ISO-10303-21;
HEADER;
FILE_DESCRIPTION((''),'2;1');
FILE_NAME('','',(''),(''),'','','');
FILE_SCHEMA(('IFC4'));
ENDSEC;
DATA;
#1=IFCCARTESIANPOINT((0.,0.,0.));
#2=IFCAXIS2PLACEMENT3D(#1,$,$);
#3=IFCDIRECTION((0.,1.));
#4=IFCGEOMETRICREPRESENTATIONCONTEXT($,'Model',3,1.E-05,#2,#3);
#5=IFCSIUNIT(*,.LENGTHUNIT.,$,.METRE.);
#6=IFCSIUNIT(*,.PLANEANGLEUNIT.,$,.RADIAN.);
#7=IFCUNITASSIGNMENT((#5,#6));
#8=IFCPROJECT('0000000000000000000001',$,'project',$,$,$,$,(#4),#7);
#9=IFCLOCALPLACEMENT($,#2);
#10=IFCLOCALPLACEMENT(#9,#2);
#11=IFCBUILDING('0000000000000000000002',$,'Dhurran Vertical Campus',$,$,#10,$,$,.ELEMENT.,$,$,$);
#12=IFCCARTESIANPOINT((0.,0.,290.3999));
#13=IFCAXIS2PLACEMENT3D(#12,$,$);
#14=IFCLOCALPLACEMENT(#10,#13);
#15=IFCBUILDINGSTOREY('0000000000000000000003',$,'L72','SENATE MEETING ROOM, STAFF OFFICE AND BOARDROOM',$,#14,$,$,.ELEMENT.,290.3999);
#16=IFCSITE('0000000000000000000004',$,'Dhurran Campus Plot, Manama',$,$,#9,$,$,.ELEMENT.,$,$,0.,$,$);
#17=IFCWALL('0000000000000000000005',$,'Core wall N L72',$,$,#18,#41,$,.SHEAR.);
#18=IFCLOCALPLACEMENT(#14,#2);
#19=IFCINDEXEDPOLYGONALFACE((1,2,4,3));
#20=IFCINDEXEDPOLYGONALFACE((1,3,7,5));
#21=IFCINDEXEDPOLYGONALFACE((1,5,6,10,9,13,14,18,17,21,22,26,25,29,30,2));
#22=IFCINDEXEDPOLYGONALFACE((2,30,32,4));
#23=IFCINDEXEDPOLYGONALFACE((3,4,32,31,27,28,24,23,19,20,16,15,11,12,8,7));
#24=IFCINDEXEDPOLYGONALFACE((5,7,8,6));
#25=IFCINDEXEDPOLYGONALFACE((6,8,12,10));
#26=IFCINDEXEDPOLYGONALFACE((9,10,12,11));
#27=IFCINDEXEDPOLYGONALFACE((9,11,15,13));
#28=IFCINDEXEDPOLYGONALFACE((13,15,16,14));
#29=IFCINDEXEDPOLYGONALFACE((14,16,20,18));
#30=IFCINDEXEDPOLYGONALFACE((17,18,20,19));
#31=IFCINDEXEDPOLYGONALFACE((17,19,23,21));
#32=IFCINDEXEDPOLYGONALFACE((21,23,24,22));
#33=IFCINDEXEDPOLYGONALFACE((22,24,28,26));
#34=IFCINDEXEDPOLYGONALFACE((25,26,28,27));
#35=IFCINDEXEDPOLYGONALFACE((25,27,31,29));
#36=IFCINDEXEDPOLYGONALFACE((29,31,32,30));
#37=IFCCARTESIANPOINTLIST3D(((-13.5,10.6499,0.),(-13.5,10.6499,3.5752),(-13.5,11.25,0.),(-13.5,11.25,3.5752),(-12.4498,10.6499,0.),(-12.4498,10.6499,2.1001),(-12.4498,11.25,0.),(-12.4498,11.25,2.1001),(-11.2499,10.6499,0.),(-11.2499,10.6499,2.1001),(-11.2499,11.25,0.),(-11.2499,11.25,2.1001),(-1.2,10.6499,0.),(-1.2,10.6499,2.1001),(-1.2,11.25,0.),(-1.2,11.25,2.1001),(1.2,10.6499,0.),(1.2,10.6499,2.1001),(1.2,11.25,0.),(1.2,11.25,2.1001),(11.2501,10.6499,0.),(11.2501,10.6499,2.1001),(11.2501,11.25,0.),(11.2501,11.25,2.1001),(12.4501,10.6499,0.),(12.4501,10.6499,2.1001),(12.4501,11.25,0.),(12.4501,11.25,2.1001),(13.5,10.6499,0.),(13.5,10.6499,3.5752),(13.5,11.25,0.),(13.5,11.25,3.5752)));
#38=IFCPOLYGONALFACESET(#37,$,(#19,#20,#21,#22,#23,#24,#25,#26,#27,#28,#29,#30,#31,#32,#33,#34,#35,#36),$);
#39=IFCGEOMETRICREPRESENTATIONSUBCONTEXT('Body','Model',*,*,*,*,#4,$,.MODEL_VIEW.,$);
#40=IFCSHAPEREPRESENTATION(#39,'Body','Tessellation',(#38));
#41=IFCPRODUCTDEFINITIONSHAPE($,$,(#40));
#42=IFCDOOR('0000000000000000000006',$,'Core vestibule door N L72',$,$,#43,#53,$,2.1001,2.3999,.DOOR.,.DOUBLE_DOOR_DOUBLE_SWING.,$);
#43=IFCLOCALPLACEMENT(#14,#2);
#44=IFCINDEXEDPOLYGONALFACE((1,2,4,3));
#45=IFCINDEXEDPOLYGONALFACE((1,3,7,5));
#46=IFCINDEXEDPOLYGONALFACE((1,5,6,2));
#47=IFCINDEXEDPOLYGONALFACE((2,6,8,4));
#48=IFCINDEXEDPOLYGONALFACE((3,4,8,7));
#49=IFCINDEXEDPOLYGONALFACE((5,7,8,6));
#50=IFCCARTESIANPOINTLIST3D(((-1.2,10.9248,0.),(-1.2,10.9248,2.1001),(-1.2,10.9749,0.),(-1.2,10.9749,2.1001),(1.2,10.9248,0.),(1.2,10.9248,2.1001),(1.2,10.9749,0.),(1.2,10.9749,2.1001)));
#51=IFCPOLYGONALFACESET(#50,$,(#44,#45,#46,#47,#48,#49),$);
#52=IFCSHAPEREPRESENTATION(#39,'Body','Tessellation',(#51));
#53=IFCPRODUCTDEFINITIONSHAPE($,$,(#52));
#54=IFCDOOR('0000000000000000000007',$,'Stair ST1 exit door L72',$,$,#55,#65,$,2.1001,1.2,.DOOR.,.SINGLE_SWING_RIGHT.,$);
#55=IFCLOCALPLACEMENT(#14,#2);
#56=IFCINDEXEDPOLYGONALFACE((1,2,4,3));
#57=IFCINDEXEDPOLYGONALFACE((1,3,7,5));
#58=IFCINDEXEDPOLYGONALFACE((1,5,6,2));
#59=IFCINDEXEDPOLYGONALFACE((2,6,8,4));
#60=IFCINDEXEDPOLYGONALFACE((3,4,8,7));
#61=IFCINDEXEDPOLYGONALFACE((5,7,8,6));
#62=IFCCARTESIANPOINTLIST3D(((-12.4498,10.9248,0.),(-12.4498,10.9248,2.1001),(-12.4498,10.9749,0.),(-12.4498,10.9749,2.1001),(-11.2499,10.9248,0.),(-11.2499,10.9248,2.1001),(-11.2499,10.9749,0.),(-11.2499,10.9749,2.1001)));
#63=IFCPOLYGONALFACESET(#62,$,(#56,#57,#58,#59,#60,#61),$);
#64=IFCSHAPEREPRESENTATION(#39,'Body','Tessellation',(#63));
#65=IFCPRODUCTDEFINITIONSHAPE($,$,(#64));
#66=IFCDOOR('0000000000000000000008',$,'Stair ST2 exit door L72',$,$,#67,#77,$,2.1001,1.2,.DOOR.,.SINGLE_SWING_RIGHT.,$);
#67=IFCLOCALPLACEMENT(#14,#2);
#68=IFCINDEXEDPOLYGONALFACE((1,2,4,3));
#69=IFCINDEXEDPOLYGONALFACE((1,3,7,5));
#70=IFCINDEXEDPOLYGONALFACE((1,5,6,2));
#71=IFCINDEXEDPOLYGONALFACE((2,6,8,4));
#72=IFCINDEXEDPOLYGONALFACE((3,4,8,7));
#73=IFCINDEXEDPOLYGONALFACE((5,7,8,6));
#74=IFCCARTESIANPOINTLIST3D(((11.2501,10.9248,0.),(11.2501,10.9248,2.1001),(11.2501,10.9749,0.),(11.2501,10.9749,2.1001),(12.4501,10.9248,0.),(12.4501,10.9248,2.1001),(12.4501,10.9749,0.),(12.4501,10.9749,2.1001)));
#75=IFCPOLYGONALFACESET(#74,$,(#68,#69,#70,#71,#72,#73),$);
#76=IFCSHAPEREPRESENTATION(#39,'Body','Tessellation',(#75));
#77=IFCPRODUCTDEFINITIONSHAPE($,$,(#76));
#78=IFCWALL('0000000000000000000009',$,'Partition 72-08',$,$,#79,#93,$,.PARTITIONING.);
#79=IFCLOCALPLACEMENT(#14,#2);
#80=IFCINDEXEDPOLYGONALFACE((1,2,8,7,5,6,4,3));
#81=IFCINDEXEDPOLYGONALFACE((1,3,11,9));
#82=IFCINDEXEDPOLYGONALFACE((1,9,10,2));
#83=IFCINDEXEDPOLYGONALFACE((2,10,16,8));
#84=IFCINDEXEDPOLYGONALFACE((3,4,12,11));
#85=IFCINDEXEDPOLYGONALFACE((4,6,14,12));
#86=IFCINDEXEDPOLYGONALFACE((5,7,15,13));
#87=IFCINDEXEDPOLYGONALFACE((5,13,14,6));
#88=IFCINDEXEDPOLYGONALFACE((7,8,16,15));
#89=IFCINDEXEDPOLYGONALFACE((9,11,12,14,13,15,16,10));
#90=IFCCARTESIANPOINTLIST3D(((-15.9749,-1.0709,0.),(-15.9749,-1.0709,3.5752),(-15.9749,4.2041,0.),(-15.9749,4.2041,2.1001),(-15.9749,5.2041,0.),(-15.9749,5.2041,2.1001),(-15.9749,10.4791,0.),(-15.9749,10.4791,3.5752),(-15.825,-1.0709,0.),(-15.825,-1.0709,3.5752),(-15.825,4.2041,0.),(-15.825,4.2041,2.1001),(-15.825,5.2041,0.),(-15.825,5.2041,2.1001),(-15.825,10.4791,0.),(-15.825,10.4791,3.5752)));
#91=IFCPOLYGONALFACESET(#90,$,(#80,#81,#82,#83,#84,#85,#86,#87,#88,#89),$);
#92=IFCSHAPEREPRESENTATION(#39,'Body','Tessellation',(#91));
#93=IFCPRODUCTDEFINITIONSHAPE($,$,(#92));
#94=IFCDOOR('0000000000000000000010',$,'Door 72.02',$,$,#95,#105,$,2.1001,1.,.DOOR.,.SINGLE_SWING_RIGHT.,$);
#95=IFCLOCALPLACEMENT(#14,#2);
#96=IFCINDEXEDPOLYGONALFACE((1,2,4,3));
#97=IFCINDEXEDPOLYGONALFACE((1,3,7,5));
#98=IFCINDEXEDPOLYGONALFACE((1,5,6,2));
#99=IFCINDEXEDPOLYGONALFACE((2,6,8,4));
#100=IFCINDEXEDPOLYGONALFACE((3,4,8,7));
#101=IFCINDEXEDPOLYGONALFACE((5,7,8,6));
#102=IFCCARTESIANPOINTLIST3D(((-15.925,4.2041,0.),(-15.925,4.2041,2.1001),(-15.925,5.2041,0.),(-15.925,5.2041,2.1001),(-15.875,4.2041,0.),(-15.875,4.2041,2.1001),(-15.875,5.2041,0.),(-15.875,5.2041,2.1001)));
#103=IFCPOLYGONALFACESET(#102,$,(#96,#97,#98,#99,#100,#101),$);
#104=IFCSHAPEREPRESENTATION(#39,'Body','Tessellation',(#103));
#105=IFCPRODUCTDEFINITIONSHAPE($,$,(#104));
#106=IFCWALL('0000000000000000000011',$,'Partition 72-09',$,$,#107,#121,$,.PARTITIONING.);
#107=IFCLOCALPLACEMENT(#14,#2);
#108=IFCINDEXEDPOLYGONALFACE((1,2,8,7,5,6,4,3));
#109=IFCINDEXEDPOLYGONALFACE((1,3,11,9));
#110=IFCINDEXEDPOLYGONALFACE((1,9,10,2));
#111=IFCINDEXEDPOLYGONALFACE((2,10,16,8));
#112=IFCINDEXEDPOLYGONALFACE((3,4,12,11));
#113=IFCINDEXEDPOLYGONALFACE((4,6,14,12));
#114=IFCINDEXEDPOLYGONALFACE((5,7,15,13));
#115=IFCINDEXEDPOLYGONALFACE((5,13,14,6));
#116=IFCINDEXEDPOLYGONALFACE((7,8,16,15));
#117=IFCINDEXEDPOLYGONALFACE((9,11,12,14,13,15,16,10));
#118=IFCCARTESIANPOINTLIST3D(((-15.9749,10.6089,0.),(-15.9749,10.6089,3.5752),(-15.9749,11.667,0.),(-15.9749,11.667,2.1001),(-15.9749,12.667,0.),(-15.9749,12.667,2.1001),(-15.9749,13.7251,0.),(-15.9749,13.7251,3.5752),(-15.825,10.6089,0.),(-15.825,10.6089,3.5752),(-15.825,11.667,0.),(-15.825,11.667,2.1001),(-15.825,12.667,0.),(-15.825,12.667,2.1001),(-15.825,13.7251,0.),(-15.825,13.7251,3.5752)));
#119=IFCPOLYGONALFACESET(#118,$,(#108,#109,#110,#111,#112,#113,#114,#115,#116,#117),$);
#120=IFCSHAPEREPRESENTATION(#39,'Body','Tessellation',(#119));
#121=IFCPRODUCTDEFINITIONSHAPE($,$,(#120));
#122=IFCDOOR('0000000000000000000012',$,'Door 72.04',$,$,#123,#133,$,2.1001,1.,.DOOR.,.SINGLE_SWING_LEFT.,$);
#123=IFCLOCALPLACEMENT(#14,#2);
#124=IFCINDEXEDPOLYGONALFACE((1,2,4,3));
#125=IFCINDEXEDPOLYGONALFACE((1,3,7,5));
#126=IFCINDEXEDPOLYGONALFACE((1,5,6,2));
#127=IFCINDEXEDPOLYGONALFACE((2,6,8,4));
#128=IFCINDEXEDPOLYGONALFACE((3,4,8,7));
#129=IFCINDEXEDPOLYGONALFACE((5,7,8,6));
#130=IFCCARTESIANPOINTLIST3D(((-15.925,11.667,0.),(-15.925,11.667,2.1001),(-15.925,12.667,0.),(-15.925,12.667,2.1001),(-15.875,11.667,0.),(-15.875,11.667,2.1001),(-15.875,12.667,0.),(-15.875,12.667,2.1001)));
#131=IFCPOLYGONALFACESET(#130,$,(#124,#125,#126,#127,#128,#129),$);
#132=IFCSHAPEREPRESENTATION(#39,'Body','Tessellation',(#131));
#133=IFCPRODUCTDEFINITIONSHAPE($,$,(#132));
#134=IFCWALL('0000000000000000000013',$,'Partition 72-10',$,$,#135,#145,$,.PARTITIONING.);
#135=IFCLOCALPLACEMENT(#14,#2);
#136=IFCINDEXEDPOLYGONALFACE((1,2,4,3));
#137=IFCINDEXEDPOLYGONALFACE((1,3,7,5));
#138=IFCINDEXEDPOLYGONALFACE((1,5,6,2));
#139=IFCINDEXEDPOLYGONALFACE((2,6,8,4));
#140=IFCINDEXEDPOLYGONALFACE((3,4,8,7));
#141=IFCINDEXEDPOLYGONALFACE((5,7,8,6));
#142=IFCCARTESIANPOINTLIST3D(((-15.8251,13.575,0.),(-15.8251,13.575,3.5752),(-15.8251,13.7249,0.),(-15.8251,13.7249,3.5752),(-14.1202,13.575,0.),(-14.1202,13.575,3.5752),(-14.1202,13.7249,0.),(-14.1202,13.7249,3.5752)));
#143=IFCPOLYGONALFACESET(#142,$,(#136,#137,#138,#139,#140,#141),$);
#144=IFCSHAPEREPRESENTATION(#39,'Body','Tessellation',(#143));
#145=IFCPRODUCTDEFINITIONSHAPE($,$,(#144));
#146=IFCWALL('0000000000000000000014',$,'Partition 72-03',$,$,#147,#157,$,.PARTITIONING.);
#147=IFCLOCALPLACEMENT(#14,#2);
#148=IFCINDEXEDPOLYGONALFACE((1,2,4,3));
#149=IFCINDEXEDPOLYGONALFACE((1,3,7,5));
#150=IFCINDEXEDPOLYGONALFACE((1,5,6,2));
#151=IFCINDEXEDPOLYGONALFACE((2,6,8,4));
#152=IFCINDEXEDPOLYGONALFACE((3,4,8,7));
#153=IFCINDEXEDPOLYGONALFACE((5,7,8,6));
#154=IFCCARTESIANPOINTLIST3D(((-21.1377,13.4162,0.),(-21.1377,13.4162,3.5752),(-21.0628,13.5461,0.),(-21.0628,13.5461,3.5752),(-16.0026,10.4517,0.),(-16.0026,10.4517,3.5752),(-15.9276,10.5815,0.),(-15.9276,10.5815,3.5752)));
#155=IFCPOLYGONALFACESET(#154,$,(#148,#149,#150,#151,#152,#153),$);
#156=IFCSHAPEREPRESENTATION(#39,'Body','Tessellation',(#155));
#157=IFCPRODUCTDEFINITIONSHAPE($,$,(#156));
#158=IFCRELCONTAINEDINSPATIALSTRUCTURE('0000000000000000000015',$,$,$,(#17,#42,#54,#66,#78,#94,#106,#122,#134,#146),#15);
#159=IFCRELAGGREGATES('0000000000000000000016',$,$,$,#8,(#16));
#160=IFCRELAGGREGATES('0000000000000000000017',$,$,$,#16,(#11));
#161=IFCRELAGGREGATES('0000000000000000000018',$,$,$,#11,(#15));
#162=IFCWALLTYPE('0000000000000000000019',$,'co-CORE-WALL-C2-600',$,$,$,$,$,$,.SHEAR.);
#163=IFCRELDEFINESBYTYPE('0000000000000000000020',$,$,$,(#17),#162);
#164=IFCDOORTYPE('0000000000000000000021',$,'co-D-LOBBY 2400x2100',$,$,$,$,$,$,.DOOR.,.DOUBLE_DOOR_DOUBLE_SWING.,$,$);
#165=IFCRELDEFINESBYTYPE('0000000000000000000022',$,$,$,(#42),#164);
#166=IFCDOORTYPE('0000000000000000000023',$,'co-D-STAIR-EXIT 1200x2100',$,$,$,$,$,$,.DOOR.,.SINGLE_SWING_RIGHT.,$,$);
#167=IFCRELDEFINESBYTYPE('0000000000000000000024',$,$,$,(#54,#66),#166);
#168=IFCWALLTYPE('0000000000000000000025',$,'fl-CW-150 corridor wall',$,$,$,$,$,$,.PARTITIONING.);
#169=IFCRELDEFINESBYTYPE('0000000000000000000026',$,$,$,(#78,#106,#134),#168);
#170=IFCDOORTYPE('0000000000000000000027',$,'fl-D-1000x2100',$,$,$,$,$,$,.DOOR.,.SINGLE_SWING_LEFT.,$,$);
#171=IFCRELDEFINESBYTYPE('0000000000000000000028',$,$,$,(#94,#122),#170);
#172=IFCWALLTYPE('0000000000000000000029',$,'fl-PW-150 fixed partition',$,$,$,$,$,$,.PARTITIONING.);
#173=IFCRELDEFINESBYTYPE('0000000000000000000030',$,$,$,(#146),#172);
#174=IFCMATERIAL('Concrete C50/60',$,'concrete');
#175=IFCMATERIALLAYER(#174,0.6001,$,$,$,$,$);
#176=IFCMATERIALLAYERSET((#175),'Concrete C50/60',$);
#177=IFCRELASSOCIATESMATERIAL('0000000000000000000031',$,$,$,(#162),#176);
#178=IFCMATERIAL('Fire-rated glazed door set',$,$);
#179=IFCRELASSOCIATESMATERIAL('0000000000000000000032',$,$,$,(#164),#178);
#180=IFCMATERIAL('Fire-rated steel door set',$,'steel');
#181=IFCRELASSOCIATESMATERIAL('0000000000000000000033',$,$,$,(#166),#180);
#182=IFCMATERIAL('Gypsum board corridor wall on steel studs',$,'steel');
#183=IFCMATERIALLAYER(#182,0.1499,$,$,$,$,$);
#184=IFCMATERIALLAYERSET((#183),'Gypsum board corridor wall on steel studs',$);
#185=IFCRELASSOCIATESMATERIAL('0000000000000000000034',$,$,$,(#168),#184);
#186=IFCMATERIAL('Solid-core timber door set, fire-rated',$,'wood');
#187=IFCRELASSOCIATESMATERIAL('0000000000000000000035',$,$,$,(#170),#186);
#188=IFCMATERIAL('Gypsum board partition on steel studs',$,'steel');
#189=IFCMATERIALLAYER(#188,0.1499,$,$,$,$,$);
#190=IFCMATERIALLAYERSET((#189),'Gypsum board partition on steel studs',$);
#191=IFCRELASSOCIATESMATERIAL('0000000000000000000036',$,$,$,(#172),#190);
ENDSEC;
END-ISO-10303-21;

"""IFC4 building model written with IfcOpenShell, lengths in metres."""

from ifc_helpers import new_model, si_unit, direction, frame, frame_2d, origin, place, context, subcontext, project, spatial, rectangle, extrude, material, layer, layer_set, type_object, element, fill, save


model = new_model("IFC4")

# Units and contexts
model_context = context("Model", 3, precision=1e-05, world=origin(), true_north=direction((0.0, 1.0)))
body_context = subcontext(model_context, "Body", "Model", "MODEL_VIEW")
ifc_project = project(units=[si_unit("LENGTHUNIT", "METRE"), si_unit("PLANEANGLEUNIT", "RADIAN")], contexts=[model_context])

# Site, building, storey
site_placement = place(None, origin())
site = spatial("IfcSite", under=ifc_project, at=site_placement, Name="Dhurran Campus Plot, Manama", CompositionType="ELEMENT", RefElevation=0.0)
building_placement = place(site_placement, origin())
building = spatial("IfcBuilding", under=site, at=building_placement, Name="Dhurran Vertical Campus", CompositionType="ELEMENT")
storey_placement = place(building_placement, frame((0.0, 0.0, 290.3999)))
storey = spatial("IfcBuildingStorey", under=building, at=storey_placement, Name="L72", Description="SENATE MEETING ROOM, STAFF OFFICE AND BOARDROOM", CompositionType="ELEMENT", Elevation=290.3999)

# Wall, openings, doors
ifc_material_1 = material(Name="Concrete C50/60", Category="concrete")
ifc_layer_1 = layer(ifc_material_1, 0.6001)
ifc_layer_set_1 = layer_set([ifc_layer_1], Name="Concrete C50/60")
wall_type_1 = type_object("IfcWallType", Name="co-CORE-WALL-C2-600", PredefinedType="SHEAR", material=ifc_layer_set_1)
wall_1_placement = place(storey_placement, frame((-13.5, 10.95, 0.0), z_axis=(0.0, 0.0, 1.0), x_axis=(1.0, 0.0, 0.0)))
wall_1 = element("IfcWall", 1, at=wall_1_placement, inside=storey, type_object=wall_type_1, Name="Core wall N L72", PredefinedType="SHEAR", context=body_context, shape_type="SweptSolid", body=[
    extrude(rectangle(XDim=27.0, YDim=0.6001, at=frame_2d((13.5, 0.0))), origin(), (0.0, 0.0, 1.0), 3.5752),
])
opening_1_placement = place(wall_1_placement, frame((12.3, 0.0, 0.0)))
opening_1 = element("IfcOpeningElement", 2, at=opening_1_placement, cuts=wall_1, PredefinedType="OPENING", context=body_context, shape_type="SweptSolid", body=[
    extrude(rectangle(XDim=2.3999, YDim=2.1001, at=frame_2d((1.2, 1.05))), frame((0.0, 0.3101, 0.0), z_axis=(0.0, -1.0, 0.0), x_axis=(1.0, 0.0, 0.0)), (0.0, 0.0, 1.0), 0.6201),
])
opening_2_placement = place(wall_1_placement, frame((1.05, 0.0, 0.0)))
opening_2 = element("IfcOpeningElement", 3, at=opening_2_placement, cuts=wall_1, PredefinedType="OPENING", context=body_context, shape_type="SweptSolid", body=[
    extrude(rectangle(XDim=1.2, YDim=2.1001, at=frame_2d((0.6001, 1.05))), frame((0.0, 0.3101, 0.0), z_axis=(0.0, -1.0, 0.0), x_axis=(1.0, 0.0, 0.0)), (0.0, 0.0, 1.0), 0.6201),
])
opening_3_placement = place(wall_1_placement, frame((24.75, 0.0, 0.0)))
opening_3 = element("IfcOpeningElement", 4, at=opening_3_placement, cuts=wall_1, PredefinedType="OPENING", context=body_context, shape_type="SweptSolid", body=[
    extrude(rectangle(XDim=1.2, YDim=2.1001, at=frame_2d((0.6001, 1.05))), frame((0.0, 0.3101, 0.0), z_axis=(0.0, -1.0, 0.0), x_axis=(1.0, 0.0, 0.0)), (0.0, 0.0, 1.0), 0.6201),
])
ifc_material_2 = material(Name="Fire-rated glazed door set")
door_type_1 = type_object("IfcDoorType", Name="co-D-LOBBY 2400x2100", OperationType="DOUBLE_DOOR_DOUBLE_SWING", PredefinedType="DOOR", material=ifc_material_2)
door_1_placement = place(opening_1_placement, origin())
door_1 = element("IfcDoor", 5, at=door_1_placement, inside=storey, type_object=door_type_1, Name="Core vestibule door N L72", OperationType="DOUBLE_DOOR_DOUBLE_SWING", OverallHeight=2.1001, OverallWidth=2.3999, PredefinedType="DOOR", context=body_context, shape_type="SweptSolid", body=[
    extrude(rectangle(XDim=2.3999, YDim=2.1001, at=frame_2d((1.2, 1.05))), frame((0.0, 0.0249, 0.0), z_axis=(0.0, -1.0, 0.0), x_axis=(1.0, 0.0, 0.0)), (0.0, 0.0, 1.0), 0.05),
])
fill(opening_1, door_1)
ifc_material_3 = material(Name="Fire-rated steel door set", Category="steel")
door_type_2 = type_object("IfcDoorType", Name="co-D-STAIR-EXIT 1200x2100", OperationType="SINGLE_SWING_RIGHT", PredefinedType="DOOR", material=ifc_material_3)
door_2_placement = place(opening_2_placement, origin())
door_2 = element("IfcDoor", 6, at=door_2_placement, inside=storey, type_object=door_type_2, Name="Stair ST1 exit door L72", OperationType="SINGLE_SWING_RIGHT", OverallHeight=2.1001, OverallWidth=1.2, PredefinedType="DOOR", context=body_context, shape_type="SweptSolid", body=[
    extrude(rectangle(XDim=1.2, YDim=2.1001, at=frame_2d((0.6001, 1.05))), frame((0.0, 0.0249, 0.0), z_axis=(0.0, -1.0, 0.0), x_axis=(1.0, 0.0, 0.0)), (0.0, 0.0, 1.0), 0.05),
])
fill(opening_2, door_2)
door_3_placement = place(opening_3_placement, origin())
door_3 = element("IfcDoor", 7, at=door_3_placement, inside=storey, type_object=door_type_2, Name="Stair ST2 exit door L72", OperationType="SINGLE_SWING_RIGHT", OverallHeight=2.1001, OverallWidth=1.2, PredefinedType="DOOR", context=body_context, shape_type="SweptSolid", body=[
    extrude(rectangle(XDim=1.2, YDim=2.1001, at=frame_2d((0.6001, 1.05))), frame((0.0, 0.0249, 0.0), z_axis=(0.0, -1.0, 0.0), x_axis=(1.0, 0.0, 0.0)), (0.0, 0.0, 1.0), 0.05),
])
fill(opening_3, door_3)

# Walls, openings, doors
ifc_material_4 = material(Name="Gypsum board corridor wall on steel studs", Category="steel")
ifc_layer_2 = layer(ifc_material_4, 0.1499)
ifc_layer_set_2 = layer_set([ifc_layer_2], Name="Gypsum board corridor wall on steel studs")
wall_type_2 = type_object("IfcWallType", Name="fl-CW-150 corridor wall", PredefinedType="PARTITIONING", material=ifc_layer_set_2)
wall_2_placement = place(storey_placement, frame((-15.8999, 10.479, 0.0), z_axis=(0.0, 0.0, 1.0), x_axis=(0.0, -1.0, 0.0)))
wall_2 = element("IfcWall", 8, at=wall_2_placement, inside=storey, type_object=wall_type_2, Name="Partition 72-08", PredefinedType="PARTITIONING", context=body_context, shape_type="SweptSolid", body=[
    extrude(rectangle(XDim=11.55, YDim=0.1499, at=frame_2d((5.7749, 0.0))), origin(), (0.0, 0.0, 1.0), 3.5752),
])
opening_4_placement = place(wall_2_placement, frame((5.2749, 0.0, 0.0)))
opening_4 = element("IfcOpeningElement", 9, at=opening_4_placement, cuts=wall_2, PredefinedType="OPENING", context=body_context, shape_type="SweptSolid", body=[
    extrude(rectangle(XDim=1.0, YDim=2.1001, at=frame_2d((0.5, 1.05))), frame((0.0, 0.085, 0.0), z_axis=(0.0, -1.0, 0.0), x_axis=(1.0, 0.0, 0.0)), (0.0, 0.0, 1.0), 0.1699),
])
ifc_material_5 = material(Name="Solid-core timber door set, fire-rated", Category="wood")
door_type_3 = type_object("IfcDoorType", Name="fl-D-1000x2100", OperationType="SINGLE_SWING_LEFT", PredefinedType="DOOR", material=ifc_material_5)
door_4_placement = place(opening_4_placement, origin())
door_4 = element("IfcDoor", 10, at=door_4_placement, inside=storey, type_object=door_type_3, Name="Door 72.02", OperationType="SINGLE_SWING_RIGHT", OverallHeight=2.1001, OverallWidth=1.0, PredefinedType="DOOR", context=body_context, shape_type="SweptSolid", body=[
    extrude(rectangle(XDim=1.0, YDim=2.1001, at=frame_2d((0.5, 1.05))), frame((0.0, 0.0249, 0.0), z_axis=(0.0, -1.0, 0.0), x_axis=(1.0, 0.0, 0.0)), (0.0, 0.0, 1.0), 0.05),
])
fill(opening_4, door_4)
wall_3_placement = place(storey_placement, frame((-15.8999, 13.7251, 0.0), z_axis=(0.0, 0.0, 1.0), x_axis=(0.0, -1.0, 0.0)))
wall_3 = element("IfcWall", 11, at=wall_3_placement, inside=storey, type_object=wall_type_2, Name="Partition 72-09", PredefinedType="PARTITIONING", context=body_context, shape_type="SweptSolid", body=[
    extrude(rectangle(XDim=3.1162, YDim=0.1499, at=frame_2d((1.5581, 0.0))), origin(), (0.0, 0.0, 1.0), 3.5752),
])
opening_5_placement = place(wall_3_placement, frame((1.0581, 0.0, 0.0)))
opening_5 = element("IfcOpeningElement", 12, at=opening_5_placement, cuts=wall_3, PredefinedType="OPENING", context=body_context, shape_type="SweptSolid", body=[
    extrude(rectangle(XDim=1.0, YDim=2.1001, at=frame_2d((0.5, 1.05))), frame((0.0, 0.085, 0.0), z_axis=(0.0, -1.0, 0.0), x_axis=(1.0, 0.0, 0.0)), (0.0, 0.0, 1.0), 0.1699),
])
door_5_placement = place(opening_5_placement, origin())
door_5 = element("IfcDoor", 13, at=door_5_placement, inside=storey, type_object=door_type_3, Name="Door 72.04", OperationType="SINGLE_SWING_LEFT", OverallHeight=2.1001, OverallWidth=1.0, PredefinedType="DOOR", context=body_context, shape_type="SweptSolid", body=[
    extrude(rectangle(XDim=1.0, YDim=2.1001, at=frame_2d((0.5, 1.05))), frame((0.0, 0.0249, 0.0), z_axis=(0.0, -1.0, 0.0), x_axis=(1.0, 0.0, 0.0)), (0.0, 0.0, 1.0), 0.05),
])
fill(opening_5, door_5)

# Walls
wall_4_placement = place(storey_placement, frame((-14.1201, 13.6499, 0.0), z_axis=(0.0, 0.0, 1.0), x_axis=(-1.0, 0.0, 0.0)))
element("IfcWall", 14, at=wall_4_placement, inside=storey, type_object=wall_type_2, Name="Partition 72-10", PredefinedType="PARTITIONING", context=body_context, shape_type="SweptSolid", body=[
    extrude(rectangle(XDim=1.7048, YDim=0.1499, at=frame_2d((0.8525, 0.0))), origin(), (0.0, 0.0, 1.0), 3.5752),
])
ifc_material_6 = material(Name="Gypsum board partition on steel studs", Category="steel")
ifc_layer_3 = layer(ifc_material_6, 0.1499)
ifc_layer_set_3 = layer_set([ifc_layer_3], Name="Gypsum board partition on steel studs")
wall_type_3 = type_object("IfcWallType", Name="fl-PW-150 fixed partition", PredefinedType="PARTITIONING", material=ifc_layer_set_3)
wall_5_placement = place(storey_placement, frame((-21.1003, 13.4812, 0.0), z_axis=(0.0, 0.0, 1.0), x_axis=(0.866043, -0.49997, 0.0)))
element("IfcWall", 15, at=wall_5_placement, inside=storey, type_object=wall_type_3, Name="Partition 72-03", PredefinedType="PARTITIONING", context=body_context, shape_type="SweptSolid", body=[
    extrude(rectangle(XDim=5.9294, YDim=0.1499, at=frame_2d((2.9648, 0.0))), origin(), (0.0, 0.0, 1.0), 3.5752),
])

save(model, "model.ifc")
